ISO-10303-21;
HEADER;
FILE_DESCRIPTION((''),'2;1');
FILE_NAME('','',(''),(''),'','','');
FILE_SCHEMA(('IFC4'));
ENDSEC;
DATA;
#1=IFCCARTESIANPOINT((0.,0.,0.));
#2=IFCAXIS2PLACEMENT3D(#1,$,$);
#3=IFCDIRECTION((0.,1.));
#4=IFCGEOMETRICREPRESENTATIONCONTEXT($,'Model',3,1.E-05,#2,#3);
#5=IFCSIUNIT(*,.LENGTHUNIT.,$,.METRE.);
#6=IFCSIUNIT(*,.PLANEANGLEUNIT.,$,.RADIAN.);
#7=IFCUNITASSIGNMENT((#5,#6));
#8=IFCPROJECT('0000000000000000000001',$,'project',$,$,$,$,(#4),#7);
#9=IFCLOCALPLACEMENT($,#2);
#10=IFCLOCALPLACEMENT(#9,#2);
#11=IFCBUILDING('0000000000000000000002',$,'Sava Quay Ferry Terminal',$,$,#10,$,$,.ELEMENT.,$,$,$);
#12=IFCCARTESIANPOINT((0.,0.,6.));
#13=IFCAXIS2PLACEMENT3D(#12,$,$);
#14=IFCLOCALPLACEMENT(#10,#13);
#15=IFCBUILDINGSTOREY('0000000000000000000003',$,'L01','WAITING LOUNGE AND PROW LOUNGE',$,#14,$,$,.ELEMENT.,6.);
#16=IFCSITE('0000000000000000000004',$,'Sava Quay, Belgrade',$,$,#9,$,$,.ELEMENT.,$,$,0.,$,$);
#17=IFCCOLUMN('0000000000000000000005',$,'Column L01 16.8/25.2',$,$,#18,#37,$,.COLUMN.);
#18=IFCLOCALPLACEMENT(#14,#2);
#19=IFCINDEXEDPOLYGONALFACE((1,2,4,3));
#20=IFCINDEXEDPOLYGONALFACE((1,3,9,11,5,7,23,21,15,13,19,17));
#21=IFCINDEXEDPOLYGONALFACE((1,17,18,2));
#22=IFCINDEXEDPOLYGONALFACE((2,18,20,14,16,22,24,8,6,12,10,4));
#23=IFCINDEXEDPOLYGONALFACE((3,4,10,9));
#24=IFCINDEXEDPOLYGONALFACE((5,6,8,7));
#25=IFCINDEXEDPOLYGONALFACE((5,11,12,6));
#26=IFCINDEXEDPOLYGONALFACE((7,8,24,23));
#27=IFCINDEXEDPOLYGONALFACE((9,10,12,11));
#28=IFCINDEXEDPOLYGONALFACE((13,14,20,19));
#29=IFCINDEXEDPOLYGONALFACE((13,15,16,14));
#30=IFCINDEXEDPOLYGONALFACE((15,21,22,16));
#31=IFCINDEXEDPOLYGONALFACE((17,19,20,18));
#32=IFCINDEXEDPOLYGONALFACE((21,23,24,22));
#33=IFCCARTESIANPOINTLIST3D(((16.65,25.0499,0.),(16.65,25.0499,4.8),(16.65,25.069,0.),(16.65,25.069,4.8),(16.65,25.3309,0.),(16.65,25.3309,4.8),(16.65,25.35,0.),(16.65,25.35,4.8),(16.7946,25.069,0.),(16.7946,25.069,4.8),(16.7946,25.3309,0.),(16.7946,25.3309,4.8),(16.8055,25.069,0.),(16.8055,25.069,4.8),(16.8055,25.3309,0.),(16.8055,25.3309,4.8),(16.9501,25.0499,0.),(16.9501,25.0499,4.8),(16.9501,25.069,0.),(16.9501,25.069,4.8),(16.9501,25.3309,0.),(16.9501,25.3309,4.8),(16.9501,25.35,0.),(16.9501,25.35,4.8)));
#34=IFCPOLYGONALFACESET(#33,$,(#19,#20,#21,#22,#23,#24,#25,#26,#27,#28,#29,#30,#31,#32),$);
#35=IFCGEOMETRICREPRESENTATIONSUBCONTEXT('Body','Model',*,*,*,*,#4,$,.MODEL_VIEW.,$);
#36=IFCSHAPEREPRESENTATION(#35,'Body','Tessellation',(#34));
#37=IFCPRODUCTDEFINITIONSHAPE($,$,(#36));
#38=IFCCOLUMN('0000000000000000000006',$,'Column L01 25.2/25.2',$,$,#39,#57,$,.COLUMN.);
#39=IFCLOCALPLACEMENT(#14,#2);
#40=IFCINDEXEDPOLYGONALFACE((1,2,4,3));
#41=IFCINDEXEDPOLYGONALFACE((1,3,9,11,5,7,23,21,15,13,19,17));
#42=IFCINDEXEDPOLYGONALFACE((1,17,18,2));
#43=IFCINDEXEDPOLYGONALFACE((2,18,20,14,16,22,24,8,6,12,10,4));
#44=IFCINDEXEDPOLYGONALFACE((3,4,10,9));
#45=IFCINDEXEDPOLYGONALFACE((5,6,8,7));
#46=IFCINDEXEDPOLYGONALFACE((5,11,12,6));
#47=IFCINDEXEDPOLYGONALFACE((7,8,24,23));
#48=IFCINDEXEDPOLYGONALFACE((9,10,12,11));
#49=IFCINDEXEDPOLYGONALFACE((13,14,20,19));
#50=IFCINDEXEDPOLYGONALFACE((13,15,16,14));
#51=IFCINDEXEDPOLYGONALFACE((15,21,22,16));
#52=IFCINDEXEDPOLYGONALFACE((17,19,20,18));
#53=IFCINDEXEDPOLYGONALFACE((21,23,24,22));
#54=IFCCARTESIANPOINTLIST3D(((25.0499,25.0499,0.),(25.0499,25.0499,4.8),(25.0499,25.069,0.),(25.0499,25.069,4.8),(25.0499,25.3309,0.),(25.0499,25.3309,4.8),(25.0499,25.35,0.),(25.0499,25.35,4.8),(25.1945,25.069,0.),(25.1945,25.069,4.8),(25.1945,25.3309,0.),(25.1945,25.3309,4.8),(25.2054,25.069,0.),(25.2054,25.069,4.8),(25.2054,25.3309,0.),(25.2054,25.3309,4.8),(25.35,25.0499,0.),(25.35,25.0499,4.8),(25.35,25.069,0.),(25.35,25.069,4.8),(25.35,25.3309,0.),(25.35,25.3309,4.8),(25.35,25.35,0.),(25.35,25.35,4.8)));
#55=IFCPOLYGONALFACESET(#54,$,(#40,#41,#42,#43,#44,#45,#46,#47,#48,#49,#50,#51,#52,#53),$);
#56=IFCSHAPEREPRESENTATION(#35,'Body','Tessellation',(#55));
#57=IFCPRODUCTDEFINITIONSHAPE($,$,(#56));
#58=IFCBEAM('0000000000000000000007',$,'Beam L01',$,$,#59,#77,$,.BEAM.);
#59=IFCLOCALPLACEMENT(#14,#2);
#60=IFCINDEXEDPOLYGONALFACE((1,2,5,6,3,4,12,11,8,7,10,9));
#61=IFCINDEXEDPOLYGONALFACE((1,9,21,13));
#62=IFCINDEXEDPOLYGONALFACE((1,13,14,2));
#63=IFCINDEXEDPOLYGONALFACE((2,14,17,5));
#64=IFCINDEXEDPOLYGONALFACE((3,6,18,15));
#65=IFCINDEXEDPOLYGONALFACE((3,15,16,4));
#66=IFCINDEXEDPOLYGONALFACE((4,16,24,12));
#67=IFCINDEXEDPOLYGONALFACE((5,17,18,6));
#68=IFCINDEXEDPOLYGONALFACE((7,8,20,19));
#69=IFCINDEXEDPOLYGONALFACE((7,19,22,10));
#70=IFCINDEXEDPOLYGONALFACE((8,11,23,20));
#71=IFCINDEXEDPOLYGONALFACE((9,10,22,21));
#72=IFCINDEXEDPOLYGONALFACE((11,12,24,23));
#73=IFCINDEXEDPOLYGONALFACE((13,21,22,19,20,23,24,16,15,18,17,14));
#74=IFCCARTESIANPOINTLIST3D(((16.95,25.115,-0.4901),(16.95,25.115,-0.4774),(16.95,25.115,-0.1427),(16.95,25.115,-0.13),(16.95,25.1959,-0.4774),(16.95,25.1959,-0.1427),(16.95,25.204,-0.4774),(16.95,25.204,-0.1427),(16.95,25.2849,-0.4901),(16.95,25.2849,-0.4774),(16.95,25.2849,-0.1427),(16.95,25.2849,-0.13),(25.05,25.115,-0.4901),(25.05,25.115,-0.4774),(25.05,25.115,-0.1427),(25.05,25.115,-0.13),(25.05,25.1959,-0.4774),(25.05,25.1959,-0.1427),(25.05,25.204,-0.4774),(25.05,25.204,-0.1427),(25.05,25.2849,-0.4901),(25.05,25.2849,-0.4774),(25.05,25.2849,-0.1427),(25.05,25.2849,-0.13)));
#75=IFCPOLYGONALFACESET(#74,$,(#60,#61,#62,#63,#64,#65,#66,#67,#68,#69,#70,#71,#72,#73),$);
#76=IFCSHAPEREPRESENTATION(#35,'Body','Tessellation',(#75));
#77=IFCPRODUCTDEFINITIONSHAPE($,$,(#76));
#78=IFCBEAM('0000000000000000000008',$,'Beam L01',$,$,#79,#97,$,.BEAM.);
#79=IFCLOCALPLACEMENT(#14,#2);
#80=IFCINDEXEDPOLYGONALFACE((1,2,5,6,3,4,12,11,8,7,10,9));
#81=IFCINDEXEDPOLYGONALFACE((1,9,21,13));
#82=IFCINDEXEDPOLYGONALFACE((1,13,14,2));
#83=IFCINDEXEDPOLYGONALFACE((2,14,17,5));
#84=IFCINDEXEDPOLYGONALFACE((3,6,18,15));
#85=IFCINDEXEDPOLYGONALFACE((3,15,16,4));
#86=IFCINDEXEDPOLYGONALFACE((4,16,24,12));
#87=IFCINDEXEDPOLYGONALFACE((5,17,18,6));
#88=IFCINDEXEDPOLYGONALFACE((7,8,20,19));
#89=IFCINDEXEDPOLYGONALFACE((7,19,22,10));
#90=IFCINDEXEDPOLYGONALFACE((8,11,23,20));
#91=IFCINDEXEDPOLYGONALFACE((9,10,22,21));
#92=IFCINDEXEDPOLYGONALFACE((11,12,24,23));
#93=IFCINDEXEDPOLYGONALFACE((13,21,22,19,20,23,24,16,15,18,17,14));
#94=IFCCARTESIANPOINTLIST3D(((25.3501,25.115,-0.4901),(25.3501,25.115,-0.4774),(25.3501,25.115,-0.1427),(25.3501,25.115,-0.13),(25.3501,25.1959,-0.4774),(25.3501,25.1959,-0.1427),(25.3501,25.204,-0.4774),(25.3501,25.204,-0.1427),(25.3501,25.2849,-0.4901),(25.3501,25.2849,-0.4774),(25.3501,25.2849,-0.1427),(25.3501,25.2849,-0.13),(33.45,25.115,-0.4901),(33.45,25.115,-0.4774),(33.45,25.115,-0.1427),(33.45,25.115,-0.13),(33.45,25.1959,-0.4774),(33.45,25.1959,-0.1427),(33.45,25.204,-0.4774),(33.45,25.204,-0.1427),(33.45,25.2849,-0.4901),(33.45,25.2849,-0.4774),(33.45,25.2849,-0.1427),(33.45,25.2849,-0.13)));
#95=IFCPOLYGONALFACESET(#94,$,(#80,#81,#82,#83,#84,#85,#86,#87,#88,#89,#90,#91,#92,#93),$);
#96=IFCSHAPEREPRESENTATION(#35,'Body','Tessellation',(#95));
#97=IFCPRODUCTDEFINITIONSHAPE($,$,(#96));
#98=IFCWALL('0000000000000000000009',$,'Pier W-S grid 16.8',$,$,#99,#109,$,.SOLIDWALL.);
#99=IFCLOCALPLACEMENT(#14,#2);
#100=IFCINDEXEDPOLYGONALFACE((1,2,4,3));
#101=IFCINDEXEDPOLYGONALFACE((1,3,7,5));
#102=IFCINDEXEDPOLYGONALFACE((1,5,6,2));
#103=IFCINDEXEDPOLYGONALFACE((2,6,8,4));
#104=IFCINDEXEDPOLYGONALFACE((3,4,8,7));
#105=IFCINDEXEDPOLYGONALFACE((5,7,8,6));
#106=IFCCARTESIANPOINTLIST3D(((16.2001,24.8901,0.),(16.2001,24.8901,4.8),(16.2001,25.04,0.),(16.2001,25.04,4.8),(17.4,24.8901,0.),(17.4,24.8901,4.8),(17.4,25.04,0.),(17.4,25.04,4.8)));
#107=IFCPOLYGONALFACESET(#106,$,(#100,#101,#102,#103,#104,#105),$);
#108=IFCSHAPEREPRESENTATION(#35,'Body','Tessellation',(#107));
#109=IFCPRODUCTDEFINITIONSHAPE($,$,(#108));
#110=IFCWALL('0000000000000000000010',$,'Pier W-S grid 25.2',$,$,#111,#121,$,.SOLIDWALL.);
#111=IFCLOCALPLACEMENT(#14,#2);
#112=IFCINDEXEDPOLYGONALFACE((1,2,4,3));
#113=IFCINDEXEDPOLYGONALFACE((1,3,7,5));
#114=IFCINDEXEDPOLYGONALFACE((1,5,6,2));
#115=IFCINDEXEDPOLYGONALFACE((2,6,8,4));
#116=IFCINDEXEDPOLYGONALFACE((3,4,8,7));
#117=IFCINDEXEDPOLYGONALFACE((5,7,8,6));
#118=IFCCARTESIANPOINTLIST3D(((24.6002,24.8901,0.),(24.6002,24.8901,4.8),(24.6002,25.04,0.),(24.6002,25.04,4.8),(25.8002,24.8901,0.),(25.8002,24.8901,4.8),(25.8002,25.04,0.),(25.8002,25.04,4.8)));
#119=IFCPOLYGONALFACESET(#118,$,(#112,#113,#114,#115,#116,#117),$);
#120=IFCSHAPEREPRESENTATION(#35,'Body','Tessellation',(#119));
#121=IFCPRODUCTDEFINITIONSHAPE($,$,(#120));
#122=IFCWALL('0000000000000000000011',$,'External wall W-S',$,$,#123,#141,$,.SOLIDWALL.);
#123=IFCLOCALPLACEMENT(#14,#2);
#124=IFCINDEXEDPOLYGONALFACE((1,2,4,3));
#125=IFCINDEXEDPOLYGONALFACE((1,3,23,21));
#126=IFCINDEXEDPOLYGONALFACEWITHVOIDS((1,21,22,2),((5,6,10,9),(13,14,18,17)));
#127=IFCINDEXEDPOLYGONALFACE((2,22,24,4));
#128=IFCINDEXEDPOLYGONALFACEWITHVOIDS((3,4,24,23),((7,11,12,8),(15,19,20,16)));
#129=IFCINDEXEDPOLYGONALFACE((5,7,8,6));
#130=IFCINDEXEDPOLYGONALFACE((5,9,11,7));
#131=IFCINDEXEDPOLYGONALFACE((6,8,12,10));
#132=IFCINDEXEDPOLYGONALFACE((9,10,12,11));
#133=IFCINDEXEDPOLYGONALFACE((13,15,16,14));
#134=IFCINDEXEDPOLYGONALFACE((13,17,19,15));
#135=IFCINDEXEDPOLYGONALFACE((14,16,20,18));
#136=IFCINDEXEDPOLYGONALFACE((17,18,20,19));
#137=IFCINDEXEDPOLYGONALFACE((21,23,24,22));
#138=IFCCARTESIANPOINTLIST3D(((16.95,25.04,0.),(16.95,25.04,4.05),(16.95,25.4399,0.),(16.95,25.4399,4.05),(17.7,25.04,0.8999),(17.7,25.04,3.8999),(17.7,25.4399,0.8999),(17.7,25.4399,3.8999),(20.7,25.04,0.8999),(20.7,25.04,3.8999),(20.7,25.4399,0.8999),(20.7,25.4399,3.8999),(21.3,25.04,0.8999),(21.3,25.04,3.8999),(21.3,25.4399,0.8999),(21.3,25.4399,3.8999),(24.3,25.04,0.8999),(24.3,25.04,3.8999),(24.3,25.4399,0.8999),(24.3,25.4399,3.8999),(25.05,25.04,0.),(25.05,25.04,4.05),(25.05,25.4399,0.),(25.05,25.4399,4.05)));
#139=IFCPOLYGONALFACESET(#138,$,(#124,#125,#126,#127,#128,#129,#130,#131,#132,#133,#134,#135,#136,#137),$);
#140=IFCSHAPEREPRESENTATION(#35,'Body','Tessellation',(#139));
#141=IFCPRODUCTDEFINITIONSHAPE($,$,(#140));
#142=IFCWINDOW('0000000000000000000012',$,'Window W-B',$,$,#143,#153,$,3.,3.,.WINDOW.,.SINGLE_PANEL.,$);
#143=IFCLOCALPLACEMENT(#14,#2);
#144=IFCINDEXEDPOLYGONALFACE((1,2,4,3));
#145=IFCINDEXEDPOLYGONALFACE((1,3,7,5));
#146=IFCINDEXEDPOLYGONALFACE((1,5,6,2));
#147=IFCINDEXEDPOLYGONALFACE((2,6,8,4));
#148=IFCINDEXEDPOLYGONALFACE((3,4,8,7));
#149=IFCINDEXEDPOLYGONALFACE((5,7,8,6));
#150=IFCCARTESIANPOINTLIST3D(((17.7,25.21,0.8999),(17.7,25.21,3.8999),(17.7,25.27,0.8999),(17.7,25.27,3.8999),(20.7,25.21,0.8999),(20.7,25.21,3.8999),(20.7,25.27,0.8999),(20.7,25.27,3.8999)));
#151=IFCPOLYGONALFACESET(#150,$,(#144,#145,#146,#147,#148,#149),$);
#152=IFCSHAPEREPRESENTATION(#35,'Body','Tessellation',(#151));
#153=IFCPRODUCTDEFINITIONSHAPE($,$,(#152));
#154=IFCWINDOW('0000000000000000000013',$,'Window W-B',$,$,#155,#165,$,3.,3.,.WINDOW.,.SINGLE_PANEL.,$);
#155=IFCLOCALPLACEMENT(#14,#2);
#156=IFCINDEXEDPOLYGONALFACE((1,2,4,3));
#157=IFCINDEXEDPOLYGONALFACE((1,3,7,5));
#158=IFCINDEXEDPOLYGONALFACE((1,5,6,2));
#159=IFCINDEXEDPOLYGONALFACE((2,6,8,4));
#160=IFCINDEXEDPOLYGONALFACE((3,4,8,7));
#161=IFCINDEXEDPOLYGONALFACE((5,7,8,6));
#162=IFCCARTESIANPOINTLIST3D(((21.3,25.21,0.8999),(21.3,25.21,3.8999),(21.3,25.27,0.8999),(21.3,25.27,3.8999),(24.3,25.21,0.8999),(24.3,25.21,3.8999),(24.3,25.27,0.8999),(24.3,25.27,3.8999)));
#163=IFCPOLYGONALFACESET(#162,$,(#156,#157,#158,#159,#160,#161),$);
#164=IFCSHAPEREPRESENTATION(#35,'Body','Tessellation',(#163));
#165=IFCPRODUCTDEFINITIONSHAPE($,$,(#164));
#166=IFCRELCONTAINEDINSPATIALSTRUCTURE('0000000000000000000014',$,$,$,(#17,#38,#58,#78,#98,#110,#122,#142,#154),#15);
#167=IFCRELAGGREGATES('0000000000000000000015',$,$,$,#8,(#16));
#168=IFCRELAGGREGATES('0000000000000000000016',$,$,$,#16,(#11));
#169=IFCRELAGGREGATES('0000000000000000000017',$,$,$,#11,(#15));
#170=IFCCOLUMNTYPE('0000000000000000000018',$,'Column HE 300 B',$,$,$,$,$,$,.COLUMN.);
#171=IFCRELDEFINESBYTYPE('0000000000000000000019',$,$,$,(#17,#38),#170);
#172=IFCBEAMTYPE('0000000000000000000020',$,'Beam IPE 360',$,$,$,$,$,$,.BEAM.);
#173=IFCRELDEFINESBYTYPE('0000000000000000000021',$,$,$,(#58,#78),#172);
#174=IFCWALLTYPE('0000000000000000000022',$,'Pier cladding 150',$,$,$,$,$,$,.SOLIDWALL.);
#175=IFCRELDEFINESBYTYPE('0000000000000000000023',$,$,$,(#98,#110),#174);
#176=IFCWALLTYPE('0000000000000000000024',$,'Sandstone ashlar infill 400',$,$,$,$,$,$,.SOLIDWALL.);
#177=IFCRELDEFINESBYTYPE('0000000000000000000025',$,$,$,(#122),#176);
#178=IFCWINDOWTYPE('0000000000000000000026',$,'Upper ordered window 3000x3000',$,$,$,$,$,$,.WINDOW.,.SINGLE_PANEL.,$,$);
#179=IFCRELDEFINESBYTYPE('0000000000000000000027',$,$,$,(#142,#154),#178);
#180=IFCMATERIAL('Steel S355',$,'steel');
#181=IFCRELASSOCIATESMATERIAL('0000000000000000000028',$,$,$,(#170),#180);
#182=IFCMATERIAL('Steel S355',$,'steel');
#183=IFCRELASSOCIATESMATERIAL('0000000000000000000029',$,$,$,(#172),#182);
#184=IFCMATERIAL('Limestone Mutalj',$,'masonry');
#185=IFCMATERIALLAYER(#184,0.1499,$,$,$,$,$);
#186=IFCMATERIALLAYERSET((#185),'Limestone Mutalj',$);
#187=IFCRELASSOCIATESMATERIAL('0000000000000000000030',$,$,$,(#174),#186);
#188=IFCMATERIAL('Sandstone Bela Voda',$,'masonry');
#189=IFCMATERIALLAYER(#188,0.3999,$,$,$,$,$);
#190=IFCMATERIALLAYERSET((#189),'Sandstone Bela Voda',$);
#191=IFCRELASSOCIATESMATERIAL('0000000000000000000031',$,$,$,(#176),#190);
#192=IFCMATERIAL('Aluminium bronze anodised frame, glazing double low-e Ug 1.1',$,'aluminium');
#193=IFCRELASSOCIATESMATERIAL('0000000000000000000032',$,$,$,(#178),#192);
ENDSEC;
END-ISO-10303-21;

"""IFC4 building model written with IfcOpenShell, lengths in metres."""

from ifc_helpers import new_model, si_unit, direction, frame, frame_2d, origin, origin_2d, place, context, subcontext, project, spatial, rectangle, i_section, extrude, material, layer, layer_set, material_profile, profile_set, type_object, element, fill, save


model = new_model("IFC4")

# Units and contexts
model_context = context("Model", 3, precision=1e-05, world=origin(), true_north=direction((0.0, 1.0)))
body_context = subcontext(model_context, "Body", "Model", "MODEL_VIEW")
ifc_project = project(units=[si_unit("LENGTHUNIT", "METRE"), si_unit("PLANEANGLEUNIT", "RADIAN")], contexts=[model_context])

# Site, building, storey
site_placement = place(None, origin())
site = spatial("IfcSite", under=ifc_project, at=site_placement, Name="Sava Quay, Belgrade", CompositionType="ELEMENT", RefElevation=0.0)
building_placement = place(site_placement, origin())
building = spatial("IfcBuilding", under=site, at=building_placement, Name="Sava Quay Ferry Terminal", CompositionType="ELEMENT")
storey_placement = place(building_placement, frame((0.0, 0.0, 6.0)))
storey = spatial("IfcBuildingStorey", under=building, at=storey_placement, Name="L01", Description="WAITING LOUNGE AND PROW LOUNGE", CompositionType="ELEMENT", Elevation=6.0)

# Columns
ifc_material_1 = material(Name="Steel S355", Category="steel")
ifc_material_profile_1 = material_profile(ifc_material_1, i_section(OverallWidth=0.3, OverallDepth=0.3, WebThickness=0.011, FlangeThickness=0.019, at=origin_2d()), Name="HE 300 B")
ifc_profile_set_1 = profile_set([ifc_material_profile_1], Name="Steel S355")
column_type = type_object("IfcColumnType", Name="Column HE 300 B", PredefinedType="COLUMN", material=ifc_profile_set_1)
for number, where, z_axis, x_axis, name in (
    (1, (16.8, 25.2, 0.0), (0.0, 0.0, 1.0), (1.0, 0.0, 0.0), "Column L01 16.8/25.2"),
    (2, (25.2, 25.2, 0.0), (0.0, 0.0, 1.0), (1.0, 0.0, 0.0), "Column L01 25.2/25.2"),
):
    element("IfcColumn", number, at=place(storey_placement, frame(where, z_axis=z_axis, x_axis=x_axis)), inside=storey, type_object=column_type, Name=name, PredefinedType="COLUMN", context=body_context, shape_type="SweptSolid", body=[
        extrude(i_section(OverallWidth=0.3, OverallDepth=0.3, WebThickness=0.011, FlangeThickness=0.019, at=origin_2d()), origin(), (0.0, 0.0, 1.0), 4.8),
    ])

# Beams
ifc_material_2 = material(Name="Steel S355", Category="steel")
ifc_material_profile_2 = material_profile(ifc_material_2, i_section(OverallWidth=0.1699, OverallDepth=0.3601, WebThickness=0.0081, FlangeThickness=0.0127, at=origin_2d()), Name="IPE 360")
ifc_profile_set_2 = profile_set([ifc_material_profile_2], Name="Steel S355")
beam_type = type_object("IfcBeamType", Name="Beam IPE 360", PredefinedType="BEAM", material=ifc_profile_set_2)
beam_1_placement = place(storey_placement, frame((16.95, 25.2, -0.3101), z_axis=(1.0, 0.0, 0.0), x_axis=(0.0, 1.0, 0.0)))
element("IfcBeam", 3, at=beam_1_placement, inside=storey, type_object=beam_type, Name="Beam L01", PredefinedType="BEAM", context=body_context, shape_type="SweptSolid", body=[
    extrude(i_section(OverallWidth=0.1699, OverallDepth=0.3601, WebThickness=0.0081, FlangeThickness=0.0127, at=origin_2d()), origin(), (0.0, 0.0, 1.0), 8.1001),
])
beam_2_placement = place(storey_placement, frame((25.3501, 25.2, -0.3101), z_axis=(1.0, 0.0, 0.0), x_axis=(0.0, 1.0, 0.0)))
element("IfcBeam", 4, at=beam_2_placement, inside=storey, type_object=beam_type, Name="Beam L01", PredefinedType="BEAM", context=body_context, shape_type="SweptSolid", body=[
    extrude(i_section(OverallWidth=0.1699, OverallDepth=0.3601, WebThickness=0.0081, FlangeThickness=0.0127, at=origin_2d()), origin(), (0.0, 0.0, 1.0), 8.0999),
])

# Walls
ifc_material_3 = material(Name="Limestone Mutalj", Category="masonry")
ifc_layer_1 = layer(ifc_material_3, 0.1499)
ifc_layer_set_1 = layer_set([ifc_layer_1], Name="Limestone Mutalj")
wall_type_1 = type_object("IfcWallType", Name="Pier cladding 150", PredefinedType="SOLIDWALL", material=ifc_layer_set_1)
for number, where, z_axis, x_axis, name in (
    (5, (16.2, 24.9651, 0.0), (0.0, 0.0, 1.0), (1.0, 0.0, 0.0), "Pier W-S grid 16.8"),
    (6, (24.6001, 24.9651, 0.0), (0.0, 0.0, 1.0), (1.0, 0.0, 0.0), "Pier W-S grid 25.2"),
):
    element("IfcWall", number, at=place(storey_placement, frame(where, z_axis=z_axis, x_axis=x_axis)), inside=storey, type_object=wall_type_1, Name=name, PredefinedType="SOLIDWALL", context=body_context, shape_type="SweptSolid", body=[
        extrude(rectangle(XDim=1.2, YDim=0.1499, at=frame_2d((0.6001, 0.0))), origin(), (0.0, 0.0, 1.0), 4.8),
    ])

# Wall, openings, windows
ifc_material_4 = material(Name="Sandstone Bela Voda", Category="masonry")
ifc_layer_2 = layer(ifc_material_4, 0.3999)
ifc_layer_set_2 = layer_set([ifc_layer_2], Name="Sandstone Bela Voda")
wall_type_2 = type_object("IfcWallType", Name="Sandstone ashlar infill 400", PredefinedType="SOLIDWALL", material=ifc_layer_set_2)
wall_1_placement = place(storey_placement, frame((16.95, 25.24, 0.0), z_axis=(0.0, 0.0, 1.0), x_axis=(1.0, 0.0, 0.0)))
wall_1 = element("IfcWall", 7, at=wall_1_placement, inside=storey, type_object=wall_type_2, Name="External wall W-S", PredefinedType="SOLIDWALL", context=body_context, shape_type="SweptSolid", body=[
    extrude(rectangle(XDim=8.1001, YDim=0.3999, at=frame_2d((4.05, 0.0))), origin(), (0.0, 0.0, 1.0), 4.05),
])
opening_1_placement = place(wall_1_placement, frame((0.75, 0.0, 0.8999)))
opening_1 = element("IfcOpeningElement", 8, at=opening_1_placement, cuts=wall_1, PredefinedType="OPENING", context=body_context, shape_type="SweptSolid", body=[
    extrude(rectangle(XDim=3.0, YDim=3.0, at=frame_2d((1.5, 1.5))), frame((0.0, 0.2, 0.0), z_axis=(0.0, -1.0, 0.0), x_axis=(1.0, 0.0, 0.0)), (0.0, 0.0, 1.0), 0.3999),
])
opening_2_placement = place(wall_1_placement, frame((4.3501, 0.0, 0.8999)))
opening_2 = element("IfcOpeningElement", 9, at=opening_2_placement, cuts=wall_1, PredefinedType="OPENING", context=body_context, shape_type="SweptSolid", body=[
    extrude(rectangle(XDim=3.0, YDim=3.0, at=frame_2d((1.5, 1.5))), frame((0.0, 0.2, 0.0), z_axis=(0.0, -1.0, 0.0), x_axis=(1.0, 0.0, 0.0)), (0.0, 0.0, 1.0), 0.3999),
])
ifc_material_5 = material(Name="Aluminium bronze anodised frame, glazing double low-e Ug 1.1", Category="aluminium")
window_type = type_object("IfcWindowType", Name="Upper ordered window 3000x3000", PartitioningType="SINGLE_PANEL", PredefinedType="WINDOW", material=ifc_material_5)
window_1_placement = place(opening_1_placement, origin())
window_1 = element("IfcWindow", 10, at=window_1_placement, inside=storey, type_object=window_type, Name="Window W-B", OverallHeight=3.0, OverallWidth=3.0, PartitioningType="SINGLE_PANEL", PredefinedType="WINDOW", context=body_context, shape_type="SweptSolid", body=[
    extrude(rectangle(XDim=3.0, YDim=3.0, at=frame_2d((1.5, 1.5))), frame((0.0, 0.03, 0.0), z_axis=(0.0, -1.0, 0.0), x_axis=(1.0, 0.0, 0.0)), (0.0, 0.0, 1.0), 0.0601),
])
fill(opening_1, window_1)
window_2_placement = place(opening_2_placement, origin())
window_2 = element("IfcWindow", 11, at=window_2_placement, inside=storey, type_object=window_type, Name="Window W-B", OverallHeight=3.0, OverallWidth=3.0, PartitioningType="SINGLE_PANEL", PredefinedType="WINDOW", context=body_context, shape_type="SweptSolid", body=[
    extrude(rectangle(XDim=3.0, YDim=3.0, at=frame_2d((1.5, 1.5))), frame((0.0, 0.03, 0.0), z_axis=(0.0, -1.0, 0.0), x_axis=(1.0, 0.0, 0.0)), (0.0, 0.0, 1.0), 0.0601),
])
fill(opening_2, window_2)

save(model, "model.ifc")
